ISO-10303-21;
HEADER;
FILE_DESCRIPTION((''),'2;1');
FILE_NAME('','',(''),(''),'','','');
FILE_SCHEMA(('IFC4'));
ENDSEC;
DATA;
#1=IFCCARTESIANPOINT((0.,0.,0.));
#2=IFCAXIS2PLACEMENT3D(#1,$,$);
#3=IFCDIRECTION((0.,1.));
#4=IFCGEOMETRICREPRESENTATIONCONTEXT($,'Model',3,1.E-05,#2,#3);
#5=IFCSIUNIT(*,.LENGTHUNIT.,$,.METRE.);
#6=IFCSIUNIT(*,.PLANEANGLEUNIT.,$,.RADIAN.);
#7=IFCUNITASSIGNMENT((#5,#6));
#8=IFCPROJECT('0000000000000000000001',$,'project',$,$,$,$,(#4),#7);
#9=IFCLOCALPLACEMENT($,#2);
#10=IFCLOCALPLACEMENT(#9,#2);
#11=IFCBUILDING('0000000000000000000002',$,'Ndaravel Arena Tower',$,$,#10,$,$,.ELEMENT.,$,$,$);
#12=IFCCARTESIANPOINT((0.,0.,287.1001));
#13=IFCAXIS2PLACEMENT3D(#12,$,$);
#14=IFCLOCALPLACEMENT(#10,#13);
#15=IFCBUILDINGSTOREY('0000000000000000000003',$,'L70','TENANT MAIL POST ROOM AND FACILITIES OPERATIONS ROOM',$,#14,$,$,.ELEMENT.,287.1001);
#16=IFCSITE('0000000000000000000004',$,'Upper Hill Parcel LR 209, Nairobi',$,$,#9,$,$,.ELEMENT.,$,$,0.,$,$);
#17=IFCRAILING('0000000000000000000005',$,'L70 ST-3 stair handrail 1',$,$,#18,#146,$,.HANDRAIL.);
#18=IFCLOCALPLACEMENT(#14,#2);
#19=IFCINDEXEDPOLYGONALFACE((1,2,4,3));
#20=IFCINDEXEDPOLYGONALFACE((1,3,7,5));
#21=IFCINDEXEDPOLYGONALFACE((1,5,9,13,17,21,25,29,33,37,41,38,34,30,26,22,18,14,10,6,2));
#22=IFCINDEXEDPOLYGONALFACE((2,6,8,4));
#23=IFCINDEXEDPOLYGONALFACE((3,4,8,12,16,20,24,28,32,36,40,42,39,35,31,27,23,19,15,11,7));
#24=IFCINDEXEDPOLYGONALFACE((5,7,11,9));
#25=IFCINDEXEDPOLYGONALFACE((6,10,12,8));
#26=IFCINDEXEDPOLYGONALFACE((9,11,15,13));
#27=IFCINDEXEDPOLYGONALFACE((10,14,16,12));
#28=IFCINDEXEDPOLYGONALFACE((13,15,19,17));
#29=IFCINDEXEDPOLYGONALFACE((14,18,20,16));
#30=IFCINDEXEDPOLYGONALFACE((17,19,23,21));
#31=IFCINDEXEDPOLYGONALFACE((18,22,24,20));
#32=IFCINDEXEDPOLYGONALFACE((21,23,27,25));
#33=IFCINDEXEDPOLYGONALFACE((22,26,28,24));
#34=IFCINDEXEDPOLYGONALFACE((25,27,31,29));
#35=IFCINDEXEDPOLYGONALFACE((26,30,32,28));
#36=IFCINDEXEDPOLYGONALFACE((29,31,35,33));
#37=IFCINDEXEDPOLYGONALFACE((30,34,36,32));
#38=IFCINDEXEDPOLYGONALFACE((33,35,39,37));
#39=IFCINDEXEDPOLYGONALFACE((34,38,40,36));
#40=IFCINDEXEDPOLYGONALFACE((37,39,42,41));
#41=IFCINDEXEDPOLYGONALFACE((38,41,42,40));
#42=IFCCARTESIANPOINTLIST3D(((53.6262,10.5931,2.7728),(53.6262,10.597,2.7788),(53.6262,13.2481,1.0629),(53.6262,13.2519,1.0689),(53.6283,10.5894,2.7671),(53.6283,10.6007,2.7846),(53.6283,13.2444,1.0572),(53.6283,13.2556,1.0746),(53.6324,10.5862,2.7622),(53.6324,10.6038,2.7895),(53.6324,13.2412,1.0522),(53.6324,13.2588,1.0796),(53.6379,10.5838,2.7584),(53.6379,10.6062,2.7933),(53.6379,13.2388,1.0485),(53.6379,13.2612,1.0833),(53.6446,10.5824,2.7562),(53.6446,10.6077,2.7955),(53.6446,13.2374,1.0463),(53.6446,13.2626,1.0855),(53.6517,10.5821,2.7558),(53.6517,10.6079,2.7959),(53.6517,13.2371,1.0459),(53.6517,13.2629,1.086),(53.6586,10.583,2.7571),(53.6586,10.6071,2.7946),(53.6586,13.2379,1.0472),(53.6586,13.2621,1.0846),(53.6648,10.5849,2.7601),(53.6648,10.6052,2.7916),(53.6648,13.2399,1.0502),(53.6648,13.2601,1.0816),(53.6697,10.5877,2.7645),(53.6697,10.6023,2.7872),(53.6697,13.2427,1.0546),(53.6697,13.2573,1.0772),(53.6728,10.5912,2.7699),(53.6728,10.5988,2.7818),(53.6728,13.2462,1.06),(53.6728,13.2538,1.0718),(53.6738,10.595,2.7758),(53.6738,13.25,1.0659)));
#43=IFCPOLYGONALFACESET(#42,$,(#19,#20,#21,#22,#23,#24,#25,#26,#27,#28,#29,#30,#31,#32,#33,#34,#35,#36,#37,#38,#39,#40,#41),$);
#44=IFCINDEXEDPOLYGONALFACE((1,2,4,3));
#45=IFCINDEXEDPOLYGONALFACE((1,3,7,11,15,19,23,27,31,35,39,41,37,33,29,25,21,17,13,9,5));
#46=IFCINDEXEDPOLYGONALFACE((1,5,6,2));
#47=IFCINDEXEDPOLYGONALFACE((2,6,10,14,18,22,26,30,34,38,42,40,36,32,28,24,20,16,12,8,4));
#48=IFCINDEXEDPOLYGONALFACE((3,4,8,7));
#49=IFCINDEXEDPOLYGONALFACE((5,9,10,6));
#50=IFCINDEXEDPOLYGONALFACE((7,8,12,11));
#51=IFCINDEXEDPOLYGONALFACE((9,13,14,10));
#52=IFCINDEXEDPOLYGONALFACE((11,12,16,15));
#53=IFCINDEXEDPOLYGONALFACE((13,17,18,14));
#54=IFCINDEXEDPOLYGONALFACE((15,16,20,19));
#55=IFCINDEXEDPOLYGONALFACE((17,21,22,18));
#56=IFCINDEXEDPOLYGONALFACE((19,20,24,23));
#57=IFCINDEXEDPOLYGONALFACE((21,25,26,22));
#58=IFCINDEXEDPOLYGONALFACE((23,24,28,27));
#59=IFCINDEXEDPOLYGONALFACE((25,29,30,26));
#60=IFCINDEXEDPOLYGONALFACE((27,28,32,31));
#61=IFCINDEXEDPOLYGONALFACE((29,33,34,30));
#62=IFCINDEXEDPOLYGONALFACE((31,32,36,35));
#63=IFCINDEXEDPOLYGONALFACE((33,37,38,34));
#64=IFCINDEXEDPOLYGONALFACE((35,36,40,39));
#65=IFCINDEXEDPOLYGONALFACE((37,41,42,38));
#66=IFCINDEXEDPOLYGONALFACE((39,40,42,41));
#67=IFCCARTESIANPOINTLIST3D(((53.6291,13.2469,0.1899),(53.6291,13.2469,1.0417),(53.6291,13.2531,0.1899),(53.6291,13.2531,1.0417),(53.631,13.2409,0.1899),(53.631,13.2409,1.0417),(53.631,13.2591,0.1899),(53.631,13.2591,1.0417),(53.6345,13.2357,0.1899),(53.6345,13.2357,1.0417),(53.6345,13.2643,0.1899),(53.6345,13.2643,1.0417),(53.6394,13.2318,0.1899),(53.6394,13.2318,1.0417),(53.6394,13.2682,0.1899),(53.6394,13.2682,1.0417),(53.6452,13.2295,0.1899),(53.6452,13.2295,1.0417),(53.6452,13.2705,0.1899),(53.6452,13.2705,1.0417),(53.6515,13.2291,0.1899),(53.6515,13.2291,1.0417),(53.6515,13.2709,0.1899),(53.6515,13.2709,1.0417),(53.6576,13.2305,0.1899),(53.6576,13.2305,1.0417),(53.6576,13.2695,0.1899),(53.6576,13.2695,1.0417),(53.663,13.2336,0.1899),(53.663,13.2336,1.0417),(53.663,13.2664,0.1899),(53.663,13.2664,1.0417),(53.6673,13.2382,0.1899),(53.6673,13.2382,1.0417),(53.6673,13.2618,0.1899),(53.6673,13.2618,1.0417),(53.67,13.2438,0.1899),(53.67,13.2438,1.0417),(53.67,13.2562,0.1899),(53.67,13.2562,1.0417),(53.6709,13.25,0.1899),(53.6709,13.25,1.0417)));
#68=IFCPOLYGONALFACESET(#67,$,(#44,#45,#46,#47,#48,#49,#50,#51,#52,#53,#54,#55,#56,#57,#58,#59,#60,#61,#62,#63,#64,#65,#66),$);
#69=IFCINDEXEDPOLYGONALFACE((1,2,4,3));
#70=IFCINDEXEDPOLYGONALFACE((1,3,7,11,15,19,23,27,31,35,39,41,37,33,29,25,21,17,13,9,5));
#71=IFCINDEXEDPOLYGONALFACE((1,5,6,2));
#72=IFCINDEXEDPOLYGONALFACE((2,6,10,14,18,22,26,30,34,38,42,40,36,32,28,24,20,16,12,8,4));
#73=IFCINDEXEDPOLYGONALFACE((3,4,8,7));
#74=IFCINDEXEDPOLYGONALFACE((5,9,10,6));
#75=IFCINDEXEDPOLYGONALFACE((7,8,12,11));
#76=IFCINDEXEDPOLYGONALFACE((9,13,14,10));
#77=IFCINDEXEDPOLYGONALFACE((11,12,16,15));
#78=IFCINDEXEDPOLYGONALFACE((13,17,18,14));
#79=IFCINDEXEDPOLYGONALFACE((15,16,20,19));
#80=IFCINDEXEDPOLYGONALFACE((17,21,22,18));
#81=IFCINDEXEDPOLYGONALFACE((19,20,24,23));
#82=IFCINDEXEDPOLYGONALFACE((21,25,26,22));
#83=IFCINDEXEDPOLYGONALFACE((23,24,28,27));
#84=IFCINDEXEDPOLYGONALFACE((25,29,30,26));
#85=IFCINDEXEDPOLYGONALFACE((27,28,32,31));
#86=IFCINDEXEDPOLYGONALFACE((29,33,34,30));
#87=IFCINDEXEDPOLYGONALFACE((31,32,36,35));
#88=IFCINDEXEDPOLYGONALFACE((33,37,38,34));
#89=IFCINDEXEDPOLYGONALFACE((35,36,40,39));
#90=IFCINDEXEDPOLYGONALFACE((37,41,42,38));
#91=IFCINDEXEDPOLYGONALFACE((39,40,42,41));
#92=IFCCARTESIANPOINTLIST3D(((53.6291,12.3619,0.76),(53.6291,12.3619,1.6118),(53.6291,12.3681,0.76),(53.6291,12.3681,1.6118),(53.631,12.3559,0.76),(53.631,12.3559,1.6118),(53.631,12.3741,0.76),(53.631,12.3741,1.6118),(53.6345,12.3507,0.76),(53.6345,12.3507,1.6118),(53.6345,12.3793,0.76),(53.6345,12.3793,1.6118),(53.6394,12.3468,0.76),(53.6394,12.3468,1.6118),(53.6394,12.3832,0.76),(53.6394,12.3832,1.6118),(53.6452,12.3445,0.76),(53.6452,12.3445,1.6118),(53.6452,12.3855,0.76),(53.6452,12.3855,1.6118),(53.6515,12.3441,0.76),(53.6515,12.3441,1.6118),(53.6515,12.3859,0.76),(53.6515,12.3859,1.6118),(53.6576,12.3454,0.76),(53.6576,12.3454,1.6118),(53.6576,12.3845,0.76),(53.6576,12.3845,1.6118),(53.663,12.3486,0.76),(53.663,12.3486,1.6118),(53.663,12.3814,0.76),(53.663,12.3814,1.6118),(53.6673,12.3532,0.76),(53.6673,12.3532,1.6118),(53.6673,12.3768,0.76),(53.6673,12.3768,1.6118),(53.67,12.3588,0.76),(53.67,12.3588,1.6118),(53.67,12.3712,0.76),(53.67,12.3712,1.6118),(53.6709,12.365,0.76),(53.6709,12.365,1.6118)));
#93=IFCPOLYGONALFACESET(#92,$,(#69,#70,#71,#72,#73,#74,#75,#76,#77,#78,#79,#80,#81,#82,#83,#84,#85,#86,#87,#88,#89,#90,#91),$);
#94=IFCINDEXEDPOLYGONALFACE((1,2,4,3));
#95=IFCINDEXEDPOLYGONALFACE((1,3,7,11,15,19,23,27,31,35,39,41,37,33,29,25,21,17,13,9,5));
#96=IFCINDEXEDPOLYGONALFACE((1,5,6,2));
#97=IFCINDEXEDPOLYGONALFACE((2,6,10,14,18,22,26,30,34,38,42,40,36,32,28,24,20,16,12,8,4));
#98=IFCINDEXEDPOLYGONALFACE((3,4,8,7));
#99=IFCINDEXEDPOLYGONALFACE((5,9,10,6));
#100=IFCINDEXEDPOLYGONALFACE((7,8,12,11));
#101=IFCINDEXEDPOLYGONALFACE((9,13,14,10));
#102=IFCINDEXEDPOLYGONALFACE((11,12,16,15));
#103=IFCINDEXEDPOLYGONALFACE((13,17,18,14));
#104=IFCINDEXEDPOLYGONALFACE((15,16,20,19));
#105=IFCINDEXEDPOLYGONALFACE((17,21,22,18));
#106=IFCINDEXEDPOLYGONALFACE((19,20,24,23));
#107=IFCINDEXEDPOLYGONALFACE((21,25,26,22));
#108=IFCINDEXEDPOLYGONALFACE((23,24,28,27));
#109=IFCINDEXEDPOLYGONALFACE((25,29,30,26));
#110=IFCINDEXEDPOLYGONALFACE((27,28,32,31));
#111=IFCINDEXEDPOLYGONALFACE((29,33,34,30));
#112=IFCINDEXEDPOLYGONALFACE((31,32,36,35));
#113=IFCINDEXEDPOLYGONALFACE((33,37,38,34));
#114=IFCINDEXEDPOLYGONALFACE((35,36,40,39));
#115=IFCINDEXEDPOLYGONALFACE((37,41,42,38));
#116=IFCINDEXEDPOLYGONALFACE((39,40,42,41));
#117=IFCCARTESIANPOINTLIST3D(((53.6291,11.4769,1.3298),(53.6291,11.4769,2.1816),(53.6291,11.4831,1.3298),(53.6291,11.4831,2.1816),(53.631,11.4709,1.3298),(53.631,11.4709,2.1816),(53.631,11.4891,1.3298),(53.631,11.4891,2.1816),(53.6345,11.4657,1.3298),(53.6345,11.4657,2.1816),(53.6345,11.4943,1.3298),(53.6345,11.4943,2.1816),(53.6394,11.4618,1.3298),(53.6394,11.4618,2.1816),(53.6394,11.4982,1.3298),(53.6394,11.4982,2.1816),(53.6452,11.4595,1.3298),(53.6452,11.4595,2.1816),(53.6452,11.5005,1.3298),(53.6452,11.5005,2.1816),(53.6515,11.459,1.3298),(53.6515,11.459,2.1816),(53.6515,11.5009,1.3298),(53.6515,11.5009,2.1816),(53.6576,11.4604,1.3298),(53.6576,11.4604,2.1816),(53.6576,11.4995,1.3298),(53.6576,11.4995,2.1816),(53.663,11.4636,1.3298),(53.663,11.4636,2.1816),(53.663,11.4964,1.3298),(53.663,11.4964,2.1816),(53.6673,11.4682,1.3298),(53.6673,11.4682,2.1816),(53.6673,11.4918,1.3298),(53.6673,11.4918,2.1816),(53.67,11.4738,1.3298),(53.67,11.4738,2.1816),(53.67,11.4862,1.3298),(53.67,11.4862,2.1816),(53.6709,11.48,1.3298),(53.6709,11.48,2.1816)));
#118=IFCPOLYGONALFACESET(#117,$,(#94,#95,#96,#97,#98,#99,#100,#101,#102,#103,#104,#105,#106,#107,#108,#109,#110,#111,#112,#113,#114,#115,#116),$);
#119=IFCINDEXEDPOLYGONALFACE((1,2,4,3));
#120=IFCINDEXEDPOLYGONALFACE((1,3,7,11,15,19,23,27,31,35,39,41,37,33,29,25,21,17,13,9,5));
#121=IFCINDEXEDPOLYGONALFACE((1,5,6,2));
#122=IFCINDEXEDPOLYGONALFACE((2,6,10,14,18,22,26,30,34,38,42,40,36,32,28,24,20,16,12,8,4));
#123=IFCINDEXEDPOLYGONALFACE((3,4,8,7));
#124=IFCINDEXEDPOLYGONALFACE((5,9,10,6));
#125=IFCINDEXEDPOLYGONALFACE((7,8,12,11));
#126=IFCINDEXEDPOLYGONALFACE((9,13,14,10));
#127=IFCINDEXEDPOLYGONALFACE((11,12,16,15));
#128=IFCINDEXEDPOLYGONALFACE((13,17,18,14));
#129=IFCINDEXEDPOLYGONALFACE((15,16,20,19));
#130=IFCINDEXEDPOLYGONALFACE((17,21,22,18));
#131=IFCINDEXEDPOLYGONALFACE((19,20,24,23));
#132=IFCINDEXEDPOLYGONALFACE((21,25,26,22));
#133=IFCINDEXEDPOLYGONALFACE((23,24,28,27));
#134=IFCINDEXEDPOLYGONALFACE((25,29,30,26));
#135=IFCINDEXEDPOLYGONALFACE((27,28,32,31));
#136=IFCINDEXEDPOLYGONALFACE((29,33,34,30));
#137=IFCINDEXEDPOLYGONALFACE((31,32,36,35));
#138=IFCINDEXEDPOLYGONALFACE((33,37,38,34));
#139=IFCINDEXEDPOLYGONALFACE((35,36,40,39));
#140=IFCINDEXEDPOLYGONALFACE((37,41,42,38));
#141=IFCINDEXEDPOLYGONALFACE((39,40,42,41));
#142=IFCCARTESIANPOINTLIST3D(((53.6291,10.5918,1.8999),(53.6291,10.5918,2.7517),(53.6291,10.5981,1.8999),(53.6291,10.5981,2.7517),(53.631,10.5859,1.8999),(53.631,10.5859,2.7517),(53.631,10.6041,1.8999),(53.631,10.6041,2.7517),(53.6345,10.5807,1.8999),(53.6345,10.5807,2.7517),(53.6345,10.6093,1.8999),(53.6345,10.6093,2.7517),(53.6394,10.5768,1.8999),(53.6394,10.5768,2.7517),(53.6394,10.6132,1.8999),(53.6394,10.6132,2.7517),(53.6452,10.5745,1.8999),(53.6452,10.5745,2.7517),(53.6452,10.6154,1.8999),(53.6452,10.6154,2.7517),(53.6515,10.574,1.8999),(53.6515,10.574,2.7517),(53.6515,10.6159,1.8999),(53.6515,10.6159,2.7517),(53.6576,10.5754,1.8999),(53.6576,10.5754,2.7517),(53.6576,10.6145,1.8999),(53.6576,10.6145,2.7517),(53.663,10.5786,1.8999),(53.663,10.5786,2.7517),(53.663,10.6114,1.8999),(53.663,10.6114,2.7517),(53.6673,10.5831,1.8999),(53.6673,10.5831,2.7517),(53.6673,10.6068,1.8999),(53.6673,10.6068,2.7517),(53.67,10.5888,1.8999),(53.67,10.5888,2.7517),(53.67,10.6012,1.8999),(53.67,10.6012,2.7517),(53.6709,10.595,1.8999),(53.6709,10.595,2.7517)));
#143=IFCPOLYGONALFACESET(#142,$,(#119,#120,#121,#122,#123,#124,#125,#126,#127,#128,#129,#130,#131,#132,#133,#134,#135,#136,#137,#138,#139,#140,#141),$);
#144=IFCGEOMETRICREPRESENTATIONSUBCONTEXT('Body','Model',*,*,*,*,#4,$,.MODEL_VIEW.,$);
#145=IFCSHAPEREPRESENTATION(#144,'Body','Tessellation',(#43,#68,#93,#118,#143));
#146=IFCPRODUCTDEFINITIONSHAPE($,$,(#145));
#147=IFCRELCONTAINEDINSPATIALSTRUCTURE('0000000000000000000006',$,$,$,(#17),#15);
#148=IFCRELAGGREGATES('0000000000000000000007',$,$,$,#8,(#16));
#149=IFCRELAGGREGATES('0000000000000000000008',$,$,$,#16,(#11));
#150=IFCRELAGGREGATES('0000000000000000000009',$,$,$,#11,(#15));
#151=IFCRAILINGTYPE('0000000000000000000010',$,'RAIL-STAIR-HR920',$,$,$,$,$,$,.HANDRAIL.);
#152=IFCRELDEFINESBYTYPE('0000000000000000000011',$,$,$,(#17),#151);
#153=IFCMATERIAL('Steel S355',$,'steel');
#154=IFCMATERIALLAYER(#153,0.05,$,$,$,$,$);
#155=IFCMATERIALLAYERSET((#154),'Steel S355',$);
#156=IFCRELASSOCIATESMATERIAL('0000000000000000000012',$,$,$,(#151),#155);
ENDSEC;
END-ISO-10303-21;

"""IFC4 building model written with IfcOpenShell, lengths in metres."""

from ifc_helpers import new_model, si_unit, direction, frame, origin, origin_2d, place, context, subcontext, project, spatial, circle, extrude, material, layer, layer_set, type_object, element, save


model = new_model("IFC4")

# Units and contexts
model_context = context("Model", 3, precision=1e-05, world=origin(), true_north=direction((0.0, 1.0)))
body_context = subcontext(model_context, "Body", "Model", "MODEL_VIEW")
ifc_project = project(units=[si_unit("LENGTHUNIT", "METRE"), si_unit("PLANEANGLEUNIT", "RADIAN")], contexts=[model_context])

# Site, building, storey
site_placement = place(None, origin())
site = spatial("IfcSite", under=ifc_project, at=site_placement, Name="Upper Hill Parcel LR 209, Nairobi", CompositionType="ELEMENT", RefElevation=0.0)
building_placement = place(site_placement, origin())
building = spatial("IfcBuilding", under=site, at=building_placement, Name="Ndaravel Arena Tower", CompositionType="ELEMENT")
storey_placement = place(building_placement, frame((0.0, 0.0, 287.1001)))
storey = spatial("IfcBuildingStorey", under=building, at=storey_placement, Name="L70", Description="TENANT MAIL POST ROOM AND FACILITIES OPERATIONS ROOM", CompositionType="ELEMENT", Elevation=287.1001)

# Railing
ifc_material_1 = material(Name="Steel S355", Category="steel")
ifc_layer_1 = layer(ifc_material_1, 0.05)
ifc_layer_set_1 = layer_set([ifc_layer_1], Name="Steel S355")
railing_type_1 = type_object("IfcRailingType", Name="RAIL-STAIR-HR920", PredefinedType="HANDRAIL", material=ifc_layer_set_1)
railing_1_placement = place(storey_placement, frame((53.6499, 13.25, 0.1899)))
element("IfcRailing", 1, at=railing_1_placement, inside=storey, type_object=railing_type_1, Name="L70 ST-3 stair handrail 1", PredefinedType="HANDRAIL", context=body_context, shape_type="SweptSolid", body=[
    extrude(circle(Radius=0.0239, at=origin_2d()), frame((0.0, 0.0, 0.876), z_axis=(0.0, -0.840724, 0.541465), x_axis=(1.0, 0.0, 0.0)), (0.0, 0.0, 1.0), 3.158),
    extrude(circle(Radius=0.021, at=origin_2d()), origin(), (0.0, 0.0, 1.0), 0.8518),
    extrude(circle(Radius=0.021, at=origin_2d()), frame((0.0, -0.885, 0.5701)), (0.0, 0.0, 1.0), 0.8518),
    extrude(circle(Radius=0.021, at=origin_2d()), frame((0.0, -1.77, 1.1399)), (0.0, 0.0, 1.0), 0.8518),
    extrude(circle(Radius=0.021, at=origin_2d()), frame((0.0, -2.655, 1.71)), (0.0, 0.0, 1.0), 0.8518),
])

save(model, "model.ifc")
